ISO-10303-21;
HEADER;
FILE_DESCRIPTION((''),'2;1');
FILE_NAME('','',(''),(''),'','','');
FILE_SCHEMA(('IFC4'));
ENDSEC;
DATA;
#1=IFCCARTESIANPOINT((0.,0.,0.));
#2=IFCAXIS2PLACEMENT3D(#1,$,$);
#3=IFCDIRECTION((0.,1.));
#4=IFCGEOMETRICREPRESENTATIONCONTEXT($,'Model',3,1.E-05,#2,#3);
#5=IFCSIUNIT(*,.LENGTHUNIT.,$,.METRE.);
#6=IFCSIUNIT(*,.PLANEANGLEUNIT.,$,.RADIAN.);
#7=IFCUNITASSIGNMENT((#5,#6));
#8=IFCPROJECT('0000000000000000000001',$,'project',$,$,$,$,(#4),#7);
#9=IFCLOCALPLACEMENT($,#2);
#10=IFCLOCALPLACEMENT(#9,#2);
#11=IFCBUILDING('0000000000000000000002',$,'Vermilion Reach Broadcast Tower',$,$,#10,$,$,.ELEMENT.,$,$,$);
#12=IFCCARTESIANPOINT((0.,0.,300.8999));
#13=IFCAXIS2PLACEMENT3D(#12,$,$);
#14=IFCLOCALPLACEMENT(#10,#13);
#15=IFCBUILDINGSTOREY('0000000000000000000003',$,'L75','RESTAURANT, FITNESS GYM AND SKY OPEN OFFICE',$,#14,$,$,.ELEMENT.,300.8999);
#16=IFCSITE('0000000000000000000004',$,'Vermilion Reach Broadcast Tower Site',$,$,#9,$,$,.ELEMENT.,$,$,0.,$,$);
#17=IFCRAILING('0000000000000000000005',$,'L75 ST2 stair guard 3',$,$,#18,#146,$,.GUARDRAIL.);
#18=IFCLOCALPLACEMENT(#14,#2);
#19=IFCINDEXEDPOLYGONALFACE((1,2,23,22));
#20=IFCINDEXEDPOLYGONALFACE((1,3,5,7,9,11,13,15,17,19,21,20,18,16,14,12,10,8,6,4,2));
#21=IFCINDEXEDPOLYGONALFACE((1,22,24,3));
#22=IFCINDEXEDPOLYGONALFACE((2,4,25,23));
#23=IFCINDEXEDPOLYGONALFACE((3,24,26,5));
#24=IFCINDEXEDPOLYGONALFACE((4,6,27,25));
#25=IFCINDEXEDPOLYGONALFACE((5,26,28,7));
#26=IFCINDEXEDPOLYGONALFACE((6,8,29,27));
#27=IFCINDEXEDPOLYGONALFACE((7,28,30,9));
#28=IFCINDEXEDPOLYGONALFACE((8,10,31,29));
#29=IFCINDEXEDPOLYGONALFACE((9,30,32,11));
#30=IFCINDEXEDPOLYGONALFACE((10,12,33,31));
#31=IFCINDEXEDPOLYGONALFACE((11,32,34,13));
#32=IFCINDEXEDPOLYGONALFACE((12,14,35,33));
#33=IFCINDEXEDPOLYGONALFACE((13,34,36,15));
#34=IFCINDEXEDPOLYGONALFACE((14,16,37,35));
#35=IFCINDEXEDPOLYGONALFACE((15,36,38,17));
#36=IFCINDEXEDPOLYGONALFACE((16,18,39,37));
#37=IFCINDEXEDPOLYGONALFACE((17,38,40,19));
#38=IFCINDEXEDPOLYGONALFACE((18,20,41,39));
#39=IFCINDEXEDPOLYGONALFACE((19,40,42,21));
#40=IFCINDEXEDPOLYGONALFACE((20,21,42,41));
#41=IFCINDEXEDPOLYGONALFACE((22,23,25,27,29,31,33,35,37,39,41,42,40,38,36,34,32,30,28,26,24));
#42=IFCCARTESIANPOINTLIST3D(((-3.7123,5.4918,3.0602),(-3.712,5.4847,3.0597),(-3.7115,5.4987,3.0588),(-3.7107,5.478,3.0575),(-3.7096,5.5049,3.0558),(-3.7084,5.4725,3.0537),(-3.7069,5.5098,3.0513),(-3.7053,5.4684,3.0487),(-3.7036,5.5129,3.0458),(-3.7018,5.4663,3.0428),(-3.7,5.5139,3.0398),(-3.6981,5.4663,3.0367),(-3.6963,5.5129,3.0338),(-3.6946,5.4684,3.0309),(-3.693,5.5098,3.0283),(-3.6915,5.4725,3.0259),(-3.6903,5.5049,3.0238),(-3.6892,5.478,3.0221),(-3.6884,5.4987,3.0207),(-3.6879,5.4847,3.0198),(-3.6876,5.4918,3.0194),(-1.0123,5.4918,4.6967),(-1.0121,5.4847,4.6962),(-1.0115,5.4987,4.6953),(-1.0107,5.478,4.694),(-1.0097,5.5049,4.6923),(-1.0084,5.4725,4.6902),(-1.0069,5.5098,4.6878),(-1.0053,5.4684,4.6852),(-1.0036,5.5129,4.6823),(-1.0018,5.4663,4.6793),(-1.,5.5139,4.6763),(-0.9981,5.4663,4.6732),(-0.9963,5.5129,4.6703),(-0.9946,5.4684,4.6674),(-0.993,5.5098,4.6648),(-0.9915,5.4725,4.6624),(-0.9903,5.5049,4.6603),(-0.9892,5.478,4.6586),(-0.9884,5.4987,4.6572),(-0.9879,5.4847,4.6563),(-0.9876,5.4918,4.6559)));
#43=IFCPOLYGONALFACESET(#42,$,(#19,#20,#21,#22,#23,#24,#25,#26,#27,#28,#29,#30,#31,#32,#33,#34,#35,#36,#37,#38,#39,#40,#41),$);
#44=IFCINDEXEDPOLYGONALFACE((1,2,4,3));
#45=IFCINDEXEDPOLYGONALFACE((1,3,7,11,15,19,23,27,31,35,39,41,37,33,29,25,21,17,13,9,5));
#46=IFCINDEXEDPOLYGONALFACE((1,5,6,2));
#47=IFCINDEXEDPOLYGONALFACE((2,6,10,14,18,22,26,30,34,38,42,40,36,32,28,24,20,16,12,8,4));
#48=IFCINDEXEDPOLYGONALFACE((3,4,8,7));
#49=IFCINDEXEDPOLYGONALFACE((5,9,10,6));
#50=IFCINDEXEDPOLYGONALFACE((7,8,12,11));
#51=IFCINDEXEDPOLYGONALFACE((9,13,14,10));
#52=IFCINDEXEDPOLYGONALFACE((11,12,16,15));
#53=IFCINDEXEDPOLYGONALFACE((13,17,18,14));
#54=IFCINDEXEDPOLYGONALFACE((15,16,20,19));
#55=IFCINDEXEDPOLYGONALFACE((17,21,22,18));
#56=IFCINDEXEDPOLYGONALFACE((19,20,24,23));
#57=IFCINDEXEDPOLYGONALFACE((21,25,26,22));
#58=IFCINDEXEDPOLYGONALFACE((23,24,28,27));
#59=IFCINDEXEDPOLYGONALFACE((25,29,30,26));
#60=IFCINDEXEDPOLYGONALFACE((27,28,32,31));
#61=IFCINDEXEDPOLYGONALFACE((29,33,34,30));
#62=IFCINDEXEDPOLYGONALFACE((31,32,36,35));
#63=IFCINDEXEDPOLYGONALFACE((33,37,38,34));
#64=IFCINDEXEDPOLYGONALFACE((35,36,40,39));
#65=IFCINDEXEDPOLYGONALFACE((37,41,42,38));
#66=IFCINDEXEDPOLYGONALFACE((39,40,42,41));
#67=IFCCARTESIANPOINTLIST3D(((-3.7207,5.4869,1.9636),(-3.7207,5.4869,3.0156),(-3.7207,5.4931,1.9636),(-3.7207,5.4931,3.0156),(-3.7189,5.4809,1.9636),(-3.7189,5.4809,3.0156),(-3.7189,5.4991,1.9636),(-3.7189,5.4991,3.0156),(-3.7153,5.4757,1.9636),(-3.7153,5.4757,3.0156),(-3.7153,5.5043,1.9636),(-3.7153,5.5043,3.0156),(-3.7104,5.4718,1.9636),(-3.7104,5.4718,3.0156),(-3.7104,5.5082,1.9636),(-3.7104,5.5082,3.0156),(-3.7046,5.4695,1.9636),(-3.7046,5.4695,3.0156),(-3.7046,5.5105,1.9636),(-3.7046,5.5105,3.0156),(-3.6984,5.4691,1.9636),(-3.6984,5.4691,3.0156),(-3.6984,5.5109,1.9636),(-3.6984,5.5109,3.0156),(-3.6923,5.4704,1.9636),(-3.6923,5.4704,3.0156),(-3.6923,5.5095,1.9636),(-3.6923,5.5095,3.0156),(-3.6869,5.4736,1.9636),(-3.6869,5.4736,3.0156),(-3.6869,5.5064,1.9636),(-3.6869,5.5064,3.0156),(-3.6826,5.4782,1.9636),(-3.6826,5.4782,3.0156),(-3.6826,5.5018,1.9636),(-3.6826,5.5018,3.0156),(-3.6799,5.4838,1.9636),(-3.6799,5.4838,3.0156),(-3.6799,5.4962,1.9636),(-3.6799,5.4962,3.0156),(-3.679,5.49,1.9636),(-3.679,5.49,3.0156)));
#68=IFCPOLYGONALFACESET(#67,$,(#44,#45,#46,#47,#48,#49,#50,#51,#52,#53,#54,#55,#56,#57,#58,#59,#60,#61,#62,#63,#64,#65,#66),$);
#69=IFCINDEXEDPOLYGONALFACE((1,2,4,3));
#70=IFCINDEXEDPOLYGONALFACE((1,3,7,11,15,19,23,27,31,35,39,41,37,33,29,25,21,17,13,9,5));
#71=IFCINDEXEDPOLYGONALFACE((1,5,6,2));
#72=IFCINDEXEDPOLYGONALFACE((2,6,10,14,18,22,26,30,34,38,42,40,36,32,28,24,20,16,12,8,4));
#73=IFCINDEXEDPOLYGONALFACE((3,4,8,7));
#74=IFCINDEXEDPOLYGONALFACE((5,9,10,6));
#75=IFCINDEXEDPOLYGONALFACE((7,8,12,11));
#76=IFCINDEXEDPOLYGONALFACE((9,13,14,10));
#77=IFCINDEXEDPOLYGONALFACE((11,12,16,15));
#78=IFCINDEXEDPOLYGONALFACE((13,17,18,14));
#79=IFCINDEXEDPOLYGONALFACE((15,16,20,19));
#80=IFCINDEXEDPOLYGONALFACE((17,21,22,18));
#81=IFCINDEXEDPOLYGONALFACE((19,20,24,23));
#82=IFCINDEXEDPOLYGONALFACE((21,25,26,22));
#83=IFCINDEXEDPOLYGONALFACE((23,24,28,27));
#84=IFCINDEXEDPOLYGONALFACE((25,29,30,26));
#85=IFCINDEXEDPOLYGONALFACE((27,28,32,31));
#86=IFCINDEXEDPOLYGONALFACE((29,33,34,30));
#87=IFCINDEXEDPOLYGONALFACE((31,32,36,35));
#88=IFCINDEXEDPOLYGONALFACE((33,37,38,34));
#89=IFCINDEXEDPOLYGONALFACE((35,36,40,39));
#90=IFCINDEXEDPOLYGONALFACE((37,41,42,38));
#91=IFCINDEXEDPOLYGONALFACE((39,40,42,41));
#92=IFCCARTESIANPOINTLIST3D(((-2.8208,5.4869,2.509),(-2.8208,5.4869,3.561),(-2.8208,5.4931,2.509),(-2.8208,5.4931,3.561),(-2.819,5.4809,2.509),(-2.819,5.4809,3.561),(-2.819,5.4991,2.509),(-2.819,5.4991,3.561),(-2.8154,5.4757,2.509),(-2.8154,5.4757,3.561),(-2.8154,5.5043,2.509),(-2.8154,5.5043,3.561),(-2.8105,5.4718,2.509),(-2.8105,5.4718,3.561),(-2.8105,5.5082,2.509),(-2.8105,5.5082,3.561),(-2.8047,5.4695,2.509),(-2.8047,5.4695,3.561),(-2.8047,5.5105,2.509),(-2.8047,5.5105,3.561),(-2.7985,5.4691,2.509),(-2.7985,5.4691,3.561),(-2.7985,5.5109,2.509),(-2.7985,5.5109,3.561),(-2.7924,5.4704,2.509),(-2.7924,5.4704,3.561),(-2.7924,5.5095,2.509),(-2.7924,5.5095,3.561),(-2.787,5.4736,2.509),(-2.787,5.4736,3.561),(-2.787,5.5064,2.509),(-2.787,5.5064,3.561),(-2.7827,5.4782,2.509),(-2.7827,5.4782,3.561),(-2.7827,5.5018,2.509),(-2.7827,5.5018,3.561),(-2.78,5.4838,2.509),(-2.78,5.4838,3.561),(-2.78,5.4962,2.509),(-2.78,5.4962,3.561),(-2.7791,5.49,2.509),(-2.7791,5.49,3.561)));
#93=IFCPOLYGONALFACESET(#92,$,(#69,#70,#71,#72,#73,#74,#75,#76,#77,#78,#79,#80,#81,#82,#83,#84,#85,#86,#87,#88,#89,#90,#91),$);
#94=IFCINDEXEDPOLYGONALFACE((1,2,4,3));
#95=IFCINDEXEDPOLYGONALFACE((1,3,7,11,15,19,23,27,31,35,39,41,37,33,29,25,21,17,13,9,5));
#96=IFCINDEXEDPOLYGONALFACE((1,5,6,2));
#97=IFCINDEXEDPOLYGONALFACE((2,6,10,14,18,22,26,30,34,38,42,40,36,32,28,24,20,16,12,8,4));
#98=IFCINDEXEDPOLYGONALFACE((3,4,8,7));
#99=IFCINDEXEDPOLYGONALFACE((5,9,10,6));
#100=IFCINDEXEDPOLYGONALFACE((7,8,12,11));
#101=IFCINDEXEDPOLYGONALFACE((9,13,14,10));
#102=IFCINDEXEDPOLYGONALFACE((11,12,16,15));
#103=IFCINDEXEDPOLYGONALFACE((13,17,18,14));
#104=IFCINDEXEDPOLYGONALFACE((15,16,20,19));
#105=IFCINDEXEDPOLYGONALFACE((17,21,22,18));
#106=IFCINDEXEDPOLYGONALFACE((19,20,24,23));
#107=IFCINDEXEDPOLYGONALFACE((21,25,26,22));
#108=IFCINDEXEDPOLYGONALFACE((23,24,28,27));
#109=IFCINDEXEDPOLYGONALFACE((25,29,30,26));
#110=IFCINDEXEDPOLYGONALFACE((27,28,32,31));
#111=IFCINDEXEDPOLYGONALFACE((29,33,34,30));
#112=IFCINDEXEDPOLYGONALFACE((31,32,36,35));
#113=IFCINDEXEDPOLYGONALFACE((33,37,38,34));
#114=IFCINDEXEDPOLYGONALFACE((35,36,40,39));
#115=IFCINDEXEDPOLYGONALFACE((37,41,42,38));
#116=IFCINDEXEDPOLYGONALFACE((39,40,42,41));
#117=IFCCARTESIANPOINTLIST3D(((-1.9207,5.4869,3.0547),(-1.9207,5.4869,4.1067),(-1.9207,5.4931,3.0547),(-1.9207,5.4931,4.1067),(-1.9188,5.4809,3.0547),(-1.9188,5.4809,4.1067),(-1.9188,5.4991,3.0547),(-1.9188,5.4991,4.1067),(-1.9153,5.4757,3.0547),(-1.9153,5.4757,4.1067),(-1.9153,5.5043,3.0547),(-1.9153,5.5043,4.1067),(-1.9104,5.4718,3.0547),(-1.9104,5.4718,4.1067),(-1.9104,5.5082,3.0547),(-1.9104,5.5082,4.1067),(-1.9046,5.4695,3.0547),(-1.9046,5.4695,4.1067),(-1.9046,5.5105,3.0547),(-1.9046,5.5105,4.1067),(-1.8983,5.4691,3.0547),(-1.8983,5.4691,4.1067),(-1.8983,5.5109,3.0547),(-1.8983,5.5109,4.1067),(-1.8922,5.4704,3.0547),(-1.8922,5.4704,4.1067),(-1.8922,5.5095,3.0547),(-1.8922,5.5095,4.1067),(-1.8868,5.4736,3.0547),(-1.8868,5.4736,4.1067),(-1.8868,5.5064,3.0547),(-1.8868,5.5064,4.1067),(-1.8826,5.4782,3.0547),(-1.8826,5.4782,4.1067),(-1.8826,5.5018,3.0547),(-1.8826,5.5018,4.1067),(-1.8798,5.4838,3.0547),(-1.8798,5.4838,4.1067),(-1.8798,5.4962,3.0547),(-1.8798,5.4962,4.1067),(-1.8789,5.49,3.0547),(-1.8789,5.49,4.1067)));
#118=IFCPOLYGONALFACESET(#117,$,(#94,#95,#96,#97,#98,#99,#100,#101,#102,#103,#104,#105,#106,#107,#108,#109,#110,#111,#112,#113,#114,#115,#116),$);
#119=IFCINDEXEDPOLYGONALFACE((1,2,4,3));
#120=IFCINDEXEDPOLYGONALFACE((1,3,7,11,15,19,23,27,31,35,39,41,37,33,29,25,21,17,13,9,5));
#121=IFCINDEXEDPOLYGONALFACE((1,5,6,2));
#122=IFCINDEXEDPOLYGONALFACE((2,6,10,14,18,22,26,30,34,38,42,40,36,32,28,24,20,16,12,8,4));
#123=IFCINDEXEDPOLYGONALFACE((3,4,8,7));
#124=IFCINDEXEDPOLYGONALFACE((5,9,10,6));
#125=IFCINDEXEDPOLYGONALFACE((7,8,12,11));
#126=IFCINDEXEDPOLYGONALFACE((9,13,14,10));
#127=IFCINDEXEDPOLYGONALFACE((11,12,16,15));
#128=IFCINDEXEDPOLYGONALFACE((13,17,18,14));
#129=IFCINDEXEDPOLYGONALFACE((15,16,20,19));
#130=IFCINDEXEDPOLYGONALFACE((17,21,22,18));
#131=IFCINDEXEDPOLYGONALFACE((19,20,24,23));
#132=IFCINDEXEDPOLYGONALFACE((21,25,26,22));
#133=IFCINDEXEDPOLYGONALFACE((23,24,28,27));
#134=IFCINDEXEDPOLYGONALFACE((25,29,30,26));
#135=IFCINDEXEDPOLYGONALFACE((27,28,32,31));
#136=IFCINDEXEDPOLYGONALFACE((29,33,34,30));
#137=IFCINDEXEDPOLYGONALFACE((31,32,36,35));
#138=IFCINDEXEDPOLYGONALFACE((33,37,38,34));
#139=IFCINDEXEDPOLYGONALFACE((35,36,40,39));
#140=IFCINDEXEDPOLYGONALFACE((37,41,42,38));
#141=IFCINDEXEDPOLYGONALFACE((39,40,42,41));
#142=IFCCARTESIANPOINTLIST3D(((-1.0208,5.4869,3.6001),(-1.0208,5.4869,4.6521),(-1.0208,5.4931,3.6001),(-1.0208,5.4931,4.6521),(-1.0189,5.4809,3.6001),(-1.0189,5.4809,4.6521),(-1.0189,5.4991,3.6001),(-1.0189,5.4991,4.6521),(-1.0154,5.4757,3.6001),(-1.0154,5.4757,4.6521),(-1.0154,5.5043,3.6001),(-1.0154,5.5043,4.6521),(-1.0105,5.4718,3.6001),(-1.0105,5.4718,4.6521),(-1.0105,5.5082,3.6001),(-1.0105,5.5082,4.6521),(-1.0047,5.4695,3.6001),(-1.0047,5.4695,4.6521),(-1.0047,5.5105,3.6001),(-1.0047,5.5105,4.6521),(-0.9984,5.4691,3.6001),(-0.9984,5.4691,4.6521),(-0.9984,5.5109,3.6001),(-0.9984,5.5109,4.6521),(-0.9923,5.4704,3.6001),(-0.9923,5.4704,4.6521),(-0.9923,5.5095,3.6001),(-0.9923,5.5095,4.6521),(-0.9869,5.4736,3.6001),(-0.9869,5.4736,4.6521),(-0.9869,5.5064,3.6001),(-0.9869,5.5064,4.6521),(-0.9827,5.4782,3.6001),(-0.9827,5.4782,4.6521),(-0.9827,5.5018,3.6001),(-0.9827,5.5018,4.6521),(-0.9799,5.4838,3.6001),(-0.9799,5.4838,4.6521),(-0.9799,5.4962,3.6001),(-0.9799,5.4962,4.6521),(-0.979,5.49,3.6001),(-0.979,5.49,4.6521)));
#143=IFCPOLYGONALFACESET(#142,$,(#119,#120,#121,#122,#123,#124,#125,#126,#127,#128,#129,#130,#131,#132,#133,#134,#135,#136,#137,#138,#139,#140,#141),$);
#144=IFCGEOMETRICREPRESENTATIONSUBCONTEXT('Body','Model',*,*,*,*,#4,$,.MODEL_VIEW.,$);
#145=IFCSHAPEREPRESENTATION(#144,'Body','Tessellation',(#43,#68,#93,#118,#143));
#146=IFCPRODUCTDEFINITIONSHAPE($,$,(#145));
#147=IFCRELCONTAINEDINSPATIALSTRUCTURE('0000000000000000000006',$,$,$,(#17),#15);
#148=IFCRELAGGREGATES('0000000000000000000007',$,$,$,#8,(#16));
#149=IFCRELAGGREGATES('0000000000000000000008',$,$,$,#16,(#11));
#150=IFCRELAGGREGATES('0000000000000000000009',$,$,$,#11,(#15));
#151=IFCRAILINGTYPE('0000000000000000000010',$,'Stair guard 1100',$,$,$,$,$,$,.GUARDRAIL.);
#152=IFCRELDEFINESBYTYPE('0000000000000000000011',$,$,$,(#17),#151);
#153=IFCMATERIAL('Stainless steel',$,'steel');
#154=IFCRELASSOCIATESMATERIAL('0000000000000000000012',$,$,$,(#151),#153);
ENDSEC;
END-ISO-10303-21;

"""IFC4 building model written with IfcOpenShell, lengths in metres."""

from ifc_helpers import new_model, si_unit, direction, frame, origin, origin_2d, place, context, subcontext, project, spatial, circle, extrude, material, type_object, element, save


model = new_model("IFC4")

# Units and contexts
model_context = context("Model", 3, precision=1e-05, world=origin(), true_north=direction((0.0, 1.0)))
body_context = subcontext(model_context, "Body", "Model", "MODEL_VIEW")
ifc_project = project(units=[si_unit("LENGTHUNIT", "METRE"), si_unit("PLANEANGLEUNIT", "RADIAN")], contexts=[model_context])

# Site, building, storey
site_placement = place(None, origin())
site = spatial("IfcSite", under=ifc_project, at=site_placement, Name="Vermilion Reach Broadcast Tower Site", CompositionType="ELEMENT", RefElevation=0.0)
building_placement = place(site_placement, origin())
building = spatial("IfcBuilding", under=site, at=building_placement, Name="Vermilion Reach Broadcast Tower", CompositionType="ELEMENT")
storey_placement = place(building_placement, frame((0.0, 0.0, 300.8999)))
storey = spatial("IfcBuildingStorey", under=building, at=storey_placement, Name="L75", Description="RESTAURANT, FITNESS GYM AND SKY OPEN OFFICE", CompositionType="ELEMENT", Elevation=300.8999)

# Railing
ifc_material_1 = material(Name="Stainless steel", Category="steel")
railing_type_1 = type_object("IfcRailingType", Name="Stair guard 1100", PredefinedType="GUARDRAIL", material=ifc_material_1)
railing_1_placement = place(storey_placement, frame((-3.7, 5.49, 1.9636)))
element("IfcRailing", 1, at=railing_1_placement, inside=storey, type_object=railing_type_1, Name="L75 ST2 stair guard 3", PredefinedType="GUARDRAIL", context=body_context, shape_type="SweptSolid", body=[
    extrude(circle(Radius=0.0239, at=origin_2d()), frame((0.0, 0.0, 1.0762), z_axis=(0.855178, 0.0, 0.518334), x_axis=(0.0, 1.0, 0.0)), (0.0, 0.0, 1.0), 3.1572),
    extrude(circle(Radius=0.021, at=origin_2d()), origin(), (0.0, 0.0, 1.0), 1.052),
    extrude(circle(Radius=0.021, at=origin_2d()), frame((0.8999, 0.0, 0.5454)), (0.0, 0.0, 1.0), 1.052),
    extrude(circle(Radius=0.021, at=origin_2d()), frame((1.8, 0.0, 1.0911)), (0.0, 0.0, 1.0), 1.052),
    extrude(circle(Radius=0.021, at=origin_2d()), frame((2.7, 0.0, 1.6365)), (0.0, 0.0, 1.0), 1.052),
])

save(model, "model.ifc")
